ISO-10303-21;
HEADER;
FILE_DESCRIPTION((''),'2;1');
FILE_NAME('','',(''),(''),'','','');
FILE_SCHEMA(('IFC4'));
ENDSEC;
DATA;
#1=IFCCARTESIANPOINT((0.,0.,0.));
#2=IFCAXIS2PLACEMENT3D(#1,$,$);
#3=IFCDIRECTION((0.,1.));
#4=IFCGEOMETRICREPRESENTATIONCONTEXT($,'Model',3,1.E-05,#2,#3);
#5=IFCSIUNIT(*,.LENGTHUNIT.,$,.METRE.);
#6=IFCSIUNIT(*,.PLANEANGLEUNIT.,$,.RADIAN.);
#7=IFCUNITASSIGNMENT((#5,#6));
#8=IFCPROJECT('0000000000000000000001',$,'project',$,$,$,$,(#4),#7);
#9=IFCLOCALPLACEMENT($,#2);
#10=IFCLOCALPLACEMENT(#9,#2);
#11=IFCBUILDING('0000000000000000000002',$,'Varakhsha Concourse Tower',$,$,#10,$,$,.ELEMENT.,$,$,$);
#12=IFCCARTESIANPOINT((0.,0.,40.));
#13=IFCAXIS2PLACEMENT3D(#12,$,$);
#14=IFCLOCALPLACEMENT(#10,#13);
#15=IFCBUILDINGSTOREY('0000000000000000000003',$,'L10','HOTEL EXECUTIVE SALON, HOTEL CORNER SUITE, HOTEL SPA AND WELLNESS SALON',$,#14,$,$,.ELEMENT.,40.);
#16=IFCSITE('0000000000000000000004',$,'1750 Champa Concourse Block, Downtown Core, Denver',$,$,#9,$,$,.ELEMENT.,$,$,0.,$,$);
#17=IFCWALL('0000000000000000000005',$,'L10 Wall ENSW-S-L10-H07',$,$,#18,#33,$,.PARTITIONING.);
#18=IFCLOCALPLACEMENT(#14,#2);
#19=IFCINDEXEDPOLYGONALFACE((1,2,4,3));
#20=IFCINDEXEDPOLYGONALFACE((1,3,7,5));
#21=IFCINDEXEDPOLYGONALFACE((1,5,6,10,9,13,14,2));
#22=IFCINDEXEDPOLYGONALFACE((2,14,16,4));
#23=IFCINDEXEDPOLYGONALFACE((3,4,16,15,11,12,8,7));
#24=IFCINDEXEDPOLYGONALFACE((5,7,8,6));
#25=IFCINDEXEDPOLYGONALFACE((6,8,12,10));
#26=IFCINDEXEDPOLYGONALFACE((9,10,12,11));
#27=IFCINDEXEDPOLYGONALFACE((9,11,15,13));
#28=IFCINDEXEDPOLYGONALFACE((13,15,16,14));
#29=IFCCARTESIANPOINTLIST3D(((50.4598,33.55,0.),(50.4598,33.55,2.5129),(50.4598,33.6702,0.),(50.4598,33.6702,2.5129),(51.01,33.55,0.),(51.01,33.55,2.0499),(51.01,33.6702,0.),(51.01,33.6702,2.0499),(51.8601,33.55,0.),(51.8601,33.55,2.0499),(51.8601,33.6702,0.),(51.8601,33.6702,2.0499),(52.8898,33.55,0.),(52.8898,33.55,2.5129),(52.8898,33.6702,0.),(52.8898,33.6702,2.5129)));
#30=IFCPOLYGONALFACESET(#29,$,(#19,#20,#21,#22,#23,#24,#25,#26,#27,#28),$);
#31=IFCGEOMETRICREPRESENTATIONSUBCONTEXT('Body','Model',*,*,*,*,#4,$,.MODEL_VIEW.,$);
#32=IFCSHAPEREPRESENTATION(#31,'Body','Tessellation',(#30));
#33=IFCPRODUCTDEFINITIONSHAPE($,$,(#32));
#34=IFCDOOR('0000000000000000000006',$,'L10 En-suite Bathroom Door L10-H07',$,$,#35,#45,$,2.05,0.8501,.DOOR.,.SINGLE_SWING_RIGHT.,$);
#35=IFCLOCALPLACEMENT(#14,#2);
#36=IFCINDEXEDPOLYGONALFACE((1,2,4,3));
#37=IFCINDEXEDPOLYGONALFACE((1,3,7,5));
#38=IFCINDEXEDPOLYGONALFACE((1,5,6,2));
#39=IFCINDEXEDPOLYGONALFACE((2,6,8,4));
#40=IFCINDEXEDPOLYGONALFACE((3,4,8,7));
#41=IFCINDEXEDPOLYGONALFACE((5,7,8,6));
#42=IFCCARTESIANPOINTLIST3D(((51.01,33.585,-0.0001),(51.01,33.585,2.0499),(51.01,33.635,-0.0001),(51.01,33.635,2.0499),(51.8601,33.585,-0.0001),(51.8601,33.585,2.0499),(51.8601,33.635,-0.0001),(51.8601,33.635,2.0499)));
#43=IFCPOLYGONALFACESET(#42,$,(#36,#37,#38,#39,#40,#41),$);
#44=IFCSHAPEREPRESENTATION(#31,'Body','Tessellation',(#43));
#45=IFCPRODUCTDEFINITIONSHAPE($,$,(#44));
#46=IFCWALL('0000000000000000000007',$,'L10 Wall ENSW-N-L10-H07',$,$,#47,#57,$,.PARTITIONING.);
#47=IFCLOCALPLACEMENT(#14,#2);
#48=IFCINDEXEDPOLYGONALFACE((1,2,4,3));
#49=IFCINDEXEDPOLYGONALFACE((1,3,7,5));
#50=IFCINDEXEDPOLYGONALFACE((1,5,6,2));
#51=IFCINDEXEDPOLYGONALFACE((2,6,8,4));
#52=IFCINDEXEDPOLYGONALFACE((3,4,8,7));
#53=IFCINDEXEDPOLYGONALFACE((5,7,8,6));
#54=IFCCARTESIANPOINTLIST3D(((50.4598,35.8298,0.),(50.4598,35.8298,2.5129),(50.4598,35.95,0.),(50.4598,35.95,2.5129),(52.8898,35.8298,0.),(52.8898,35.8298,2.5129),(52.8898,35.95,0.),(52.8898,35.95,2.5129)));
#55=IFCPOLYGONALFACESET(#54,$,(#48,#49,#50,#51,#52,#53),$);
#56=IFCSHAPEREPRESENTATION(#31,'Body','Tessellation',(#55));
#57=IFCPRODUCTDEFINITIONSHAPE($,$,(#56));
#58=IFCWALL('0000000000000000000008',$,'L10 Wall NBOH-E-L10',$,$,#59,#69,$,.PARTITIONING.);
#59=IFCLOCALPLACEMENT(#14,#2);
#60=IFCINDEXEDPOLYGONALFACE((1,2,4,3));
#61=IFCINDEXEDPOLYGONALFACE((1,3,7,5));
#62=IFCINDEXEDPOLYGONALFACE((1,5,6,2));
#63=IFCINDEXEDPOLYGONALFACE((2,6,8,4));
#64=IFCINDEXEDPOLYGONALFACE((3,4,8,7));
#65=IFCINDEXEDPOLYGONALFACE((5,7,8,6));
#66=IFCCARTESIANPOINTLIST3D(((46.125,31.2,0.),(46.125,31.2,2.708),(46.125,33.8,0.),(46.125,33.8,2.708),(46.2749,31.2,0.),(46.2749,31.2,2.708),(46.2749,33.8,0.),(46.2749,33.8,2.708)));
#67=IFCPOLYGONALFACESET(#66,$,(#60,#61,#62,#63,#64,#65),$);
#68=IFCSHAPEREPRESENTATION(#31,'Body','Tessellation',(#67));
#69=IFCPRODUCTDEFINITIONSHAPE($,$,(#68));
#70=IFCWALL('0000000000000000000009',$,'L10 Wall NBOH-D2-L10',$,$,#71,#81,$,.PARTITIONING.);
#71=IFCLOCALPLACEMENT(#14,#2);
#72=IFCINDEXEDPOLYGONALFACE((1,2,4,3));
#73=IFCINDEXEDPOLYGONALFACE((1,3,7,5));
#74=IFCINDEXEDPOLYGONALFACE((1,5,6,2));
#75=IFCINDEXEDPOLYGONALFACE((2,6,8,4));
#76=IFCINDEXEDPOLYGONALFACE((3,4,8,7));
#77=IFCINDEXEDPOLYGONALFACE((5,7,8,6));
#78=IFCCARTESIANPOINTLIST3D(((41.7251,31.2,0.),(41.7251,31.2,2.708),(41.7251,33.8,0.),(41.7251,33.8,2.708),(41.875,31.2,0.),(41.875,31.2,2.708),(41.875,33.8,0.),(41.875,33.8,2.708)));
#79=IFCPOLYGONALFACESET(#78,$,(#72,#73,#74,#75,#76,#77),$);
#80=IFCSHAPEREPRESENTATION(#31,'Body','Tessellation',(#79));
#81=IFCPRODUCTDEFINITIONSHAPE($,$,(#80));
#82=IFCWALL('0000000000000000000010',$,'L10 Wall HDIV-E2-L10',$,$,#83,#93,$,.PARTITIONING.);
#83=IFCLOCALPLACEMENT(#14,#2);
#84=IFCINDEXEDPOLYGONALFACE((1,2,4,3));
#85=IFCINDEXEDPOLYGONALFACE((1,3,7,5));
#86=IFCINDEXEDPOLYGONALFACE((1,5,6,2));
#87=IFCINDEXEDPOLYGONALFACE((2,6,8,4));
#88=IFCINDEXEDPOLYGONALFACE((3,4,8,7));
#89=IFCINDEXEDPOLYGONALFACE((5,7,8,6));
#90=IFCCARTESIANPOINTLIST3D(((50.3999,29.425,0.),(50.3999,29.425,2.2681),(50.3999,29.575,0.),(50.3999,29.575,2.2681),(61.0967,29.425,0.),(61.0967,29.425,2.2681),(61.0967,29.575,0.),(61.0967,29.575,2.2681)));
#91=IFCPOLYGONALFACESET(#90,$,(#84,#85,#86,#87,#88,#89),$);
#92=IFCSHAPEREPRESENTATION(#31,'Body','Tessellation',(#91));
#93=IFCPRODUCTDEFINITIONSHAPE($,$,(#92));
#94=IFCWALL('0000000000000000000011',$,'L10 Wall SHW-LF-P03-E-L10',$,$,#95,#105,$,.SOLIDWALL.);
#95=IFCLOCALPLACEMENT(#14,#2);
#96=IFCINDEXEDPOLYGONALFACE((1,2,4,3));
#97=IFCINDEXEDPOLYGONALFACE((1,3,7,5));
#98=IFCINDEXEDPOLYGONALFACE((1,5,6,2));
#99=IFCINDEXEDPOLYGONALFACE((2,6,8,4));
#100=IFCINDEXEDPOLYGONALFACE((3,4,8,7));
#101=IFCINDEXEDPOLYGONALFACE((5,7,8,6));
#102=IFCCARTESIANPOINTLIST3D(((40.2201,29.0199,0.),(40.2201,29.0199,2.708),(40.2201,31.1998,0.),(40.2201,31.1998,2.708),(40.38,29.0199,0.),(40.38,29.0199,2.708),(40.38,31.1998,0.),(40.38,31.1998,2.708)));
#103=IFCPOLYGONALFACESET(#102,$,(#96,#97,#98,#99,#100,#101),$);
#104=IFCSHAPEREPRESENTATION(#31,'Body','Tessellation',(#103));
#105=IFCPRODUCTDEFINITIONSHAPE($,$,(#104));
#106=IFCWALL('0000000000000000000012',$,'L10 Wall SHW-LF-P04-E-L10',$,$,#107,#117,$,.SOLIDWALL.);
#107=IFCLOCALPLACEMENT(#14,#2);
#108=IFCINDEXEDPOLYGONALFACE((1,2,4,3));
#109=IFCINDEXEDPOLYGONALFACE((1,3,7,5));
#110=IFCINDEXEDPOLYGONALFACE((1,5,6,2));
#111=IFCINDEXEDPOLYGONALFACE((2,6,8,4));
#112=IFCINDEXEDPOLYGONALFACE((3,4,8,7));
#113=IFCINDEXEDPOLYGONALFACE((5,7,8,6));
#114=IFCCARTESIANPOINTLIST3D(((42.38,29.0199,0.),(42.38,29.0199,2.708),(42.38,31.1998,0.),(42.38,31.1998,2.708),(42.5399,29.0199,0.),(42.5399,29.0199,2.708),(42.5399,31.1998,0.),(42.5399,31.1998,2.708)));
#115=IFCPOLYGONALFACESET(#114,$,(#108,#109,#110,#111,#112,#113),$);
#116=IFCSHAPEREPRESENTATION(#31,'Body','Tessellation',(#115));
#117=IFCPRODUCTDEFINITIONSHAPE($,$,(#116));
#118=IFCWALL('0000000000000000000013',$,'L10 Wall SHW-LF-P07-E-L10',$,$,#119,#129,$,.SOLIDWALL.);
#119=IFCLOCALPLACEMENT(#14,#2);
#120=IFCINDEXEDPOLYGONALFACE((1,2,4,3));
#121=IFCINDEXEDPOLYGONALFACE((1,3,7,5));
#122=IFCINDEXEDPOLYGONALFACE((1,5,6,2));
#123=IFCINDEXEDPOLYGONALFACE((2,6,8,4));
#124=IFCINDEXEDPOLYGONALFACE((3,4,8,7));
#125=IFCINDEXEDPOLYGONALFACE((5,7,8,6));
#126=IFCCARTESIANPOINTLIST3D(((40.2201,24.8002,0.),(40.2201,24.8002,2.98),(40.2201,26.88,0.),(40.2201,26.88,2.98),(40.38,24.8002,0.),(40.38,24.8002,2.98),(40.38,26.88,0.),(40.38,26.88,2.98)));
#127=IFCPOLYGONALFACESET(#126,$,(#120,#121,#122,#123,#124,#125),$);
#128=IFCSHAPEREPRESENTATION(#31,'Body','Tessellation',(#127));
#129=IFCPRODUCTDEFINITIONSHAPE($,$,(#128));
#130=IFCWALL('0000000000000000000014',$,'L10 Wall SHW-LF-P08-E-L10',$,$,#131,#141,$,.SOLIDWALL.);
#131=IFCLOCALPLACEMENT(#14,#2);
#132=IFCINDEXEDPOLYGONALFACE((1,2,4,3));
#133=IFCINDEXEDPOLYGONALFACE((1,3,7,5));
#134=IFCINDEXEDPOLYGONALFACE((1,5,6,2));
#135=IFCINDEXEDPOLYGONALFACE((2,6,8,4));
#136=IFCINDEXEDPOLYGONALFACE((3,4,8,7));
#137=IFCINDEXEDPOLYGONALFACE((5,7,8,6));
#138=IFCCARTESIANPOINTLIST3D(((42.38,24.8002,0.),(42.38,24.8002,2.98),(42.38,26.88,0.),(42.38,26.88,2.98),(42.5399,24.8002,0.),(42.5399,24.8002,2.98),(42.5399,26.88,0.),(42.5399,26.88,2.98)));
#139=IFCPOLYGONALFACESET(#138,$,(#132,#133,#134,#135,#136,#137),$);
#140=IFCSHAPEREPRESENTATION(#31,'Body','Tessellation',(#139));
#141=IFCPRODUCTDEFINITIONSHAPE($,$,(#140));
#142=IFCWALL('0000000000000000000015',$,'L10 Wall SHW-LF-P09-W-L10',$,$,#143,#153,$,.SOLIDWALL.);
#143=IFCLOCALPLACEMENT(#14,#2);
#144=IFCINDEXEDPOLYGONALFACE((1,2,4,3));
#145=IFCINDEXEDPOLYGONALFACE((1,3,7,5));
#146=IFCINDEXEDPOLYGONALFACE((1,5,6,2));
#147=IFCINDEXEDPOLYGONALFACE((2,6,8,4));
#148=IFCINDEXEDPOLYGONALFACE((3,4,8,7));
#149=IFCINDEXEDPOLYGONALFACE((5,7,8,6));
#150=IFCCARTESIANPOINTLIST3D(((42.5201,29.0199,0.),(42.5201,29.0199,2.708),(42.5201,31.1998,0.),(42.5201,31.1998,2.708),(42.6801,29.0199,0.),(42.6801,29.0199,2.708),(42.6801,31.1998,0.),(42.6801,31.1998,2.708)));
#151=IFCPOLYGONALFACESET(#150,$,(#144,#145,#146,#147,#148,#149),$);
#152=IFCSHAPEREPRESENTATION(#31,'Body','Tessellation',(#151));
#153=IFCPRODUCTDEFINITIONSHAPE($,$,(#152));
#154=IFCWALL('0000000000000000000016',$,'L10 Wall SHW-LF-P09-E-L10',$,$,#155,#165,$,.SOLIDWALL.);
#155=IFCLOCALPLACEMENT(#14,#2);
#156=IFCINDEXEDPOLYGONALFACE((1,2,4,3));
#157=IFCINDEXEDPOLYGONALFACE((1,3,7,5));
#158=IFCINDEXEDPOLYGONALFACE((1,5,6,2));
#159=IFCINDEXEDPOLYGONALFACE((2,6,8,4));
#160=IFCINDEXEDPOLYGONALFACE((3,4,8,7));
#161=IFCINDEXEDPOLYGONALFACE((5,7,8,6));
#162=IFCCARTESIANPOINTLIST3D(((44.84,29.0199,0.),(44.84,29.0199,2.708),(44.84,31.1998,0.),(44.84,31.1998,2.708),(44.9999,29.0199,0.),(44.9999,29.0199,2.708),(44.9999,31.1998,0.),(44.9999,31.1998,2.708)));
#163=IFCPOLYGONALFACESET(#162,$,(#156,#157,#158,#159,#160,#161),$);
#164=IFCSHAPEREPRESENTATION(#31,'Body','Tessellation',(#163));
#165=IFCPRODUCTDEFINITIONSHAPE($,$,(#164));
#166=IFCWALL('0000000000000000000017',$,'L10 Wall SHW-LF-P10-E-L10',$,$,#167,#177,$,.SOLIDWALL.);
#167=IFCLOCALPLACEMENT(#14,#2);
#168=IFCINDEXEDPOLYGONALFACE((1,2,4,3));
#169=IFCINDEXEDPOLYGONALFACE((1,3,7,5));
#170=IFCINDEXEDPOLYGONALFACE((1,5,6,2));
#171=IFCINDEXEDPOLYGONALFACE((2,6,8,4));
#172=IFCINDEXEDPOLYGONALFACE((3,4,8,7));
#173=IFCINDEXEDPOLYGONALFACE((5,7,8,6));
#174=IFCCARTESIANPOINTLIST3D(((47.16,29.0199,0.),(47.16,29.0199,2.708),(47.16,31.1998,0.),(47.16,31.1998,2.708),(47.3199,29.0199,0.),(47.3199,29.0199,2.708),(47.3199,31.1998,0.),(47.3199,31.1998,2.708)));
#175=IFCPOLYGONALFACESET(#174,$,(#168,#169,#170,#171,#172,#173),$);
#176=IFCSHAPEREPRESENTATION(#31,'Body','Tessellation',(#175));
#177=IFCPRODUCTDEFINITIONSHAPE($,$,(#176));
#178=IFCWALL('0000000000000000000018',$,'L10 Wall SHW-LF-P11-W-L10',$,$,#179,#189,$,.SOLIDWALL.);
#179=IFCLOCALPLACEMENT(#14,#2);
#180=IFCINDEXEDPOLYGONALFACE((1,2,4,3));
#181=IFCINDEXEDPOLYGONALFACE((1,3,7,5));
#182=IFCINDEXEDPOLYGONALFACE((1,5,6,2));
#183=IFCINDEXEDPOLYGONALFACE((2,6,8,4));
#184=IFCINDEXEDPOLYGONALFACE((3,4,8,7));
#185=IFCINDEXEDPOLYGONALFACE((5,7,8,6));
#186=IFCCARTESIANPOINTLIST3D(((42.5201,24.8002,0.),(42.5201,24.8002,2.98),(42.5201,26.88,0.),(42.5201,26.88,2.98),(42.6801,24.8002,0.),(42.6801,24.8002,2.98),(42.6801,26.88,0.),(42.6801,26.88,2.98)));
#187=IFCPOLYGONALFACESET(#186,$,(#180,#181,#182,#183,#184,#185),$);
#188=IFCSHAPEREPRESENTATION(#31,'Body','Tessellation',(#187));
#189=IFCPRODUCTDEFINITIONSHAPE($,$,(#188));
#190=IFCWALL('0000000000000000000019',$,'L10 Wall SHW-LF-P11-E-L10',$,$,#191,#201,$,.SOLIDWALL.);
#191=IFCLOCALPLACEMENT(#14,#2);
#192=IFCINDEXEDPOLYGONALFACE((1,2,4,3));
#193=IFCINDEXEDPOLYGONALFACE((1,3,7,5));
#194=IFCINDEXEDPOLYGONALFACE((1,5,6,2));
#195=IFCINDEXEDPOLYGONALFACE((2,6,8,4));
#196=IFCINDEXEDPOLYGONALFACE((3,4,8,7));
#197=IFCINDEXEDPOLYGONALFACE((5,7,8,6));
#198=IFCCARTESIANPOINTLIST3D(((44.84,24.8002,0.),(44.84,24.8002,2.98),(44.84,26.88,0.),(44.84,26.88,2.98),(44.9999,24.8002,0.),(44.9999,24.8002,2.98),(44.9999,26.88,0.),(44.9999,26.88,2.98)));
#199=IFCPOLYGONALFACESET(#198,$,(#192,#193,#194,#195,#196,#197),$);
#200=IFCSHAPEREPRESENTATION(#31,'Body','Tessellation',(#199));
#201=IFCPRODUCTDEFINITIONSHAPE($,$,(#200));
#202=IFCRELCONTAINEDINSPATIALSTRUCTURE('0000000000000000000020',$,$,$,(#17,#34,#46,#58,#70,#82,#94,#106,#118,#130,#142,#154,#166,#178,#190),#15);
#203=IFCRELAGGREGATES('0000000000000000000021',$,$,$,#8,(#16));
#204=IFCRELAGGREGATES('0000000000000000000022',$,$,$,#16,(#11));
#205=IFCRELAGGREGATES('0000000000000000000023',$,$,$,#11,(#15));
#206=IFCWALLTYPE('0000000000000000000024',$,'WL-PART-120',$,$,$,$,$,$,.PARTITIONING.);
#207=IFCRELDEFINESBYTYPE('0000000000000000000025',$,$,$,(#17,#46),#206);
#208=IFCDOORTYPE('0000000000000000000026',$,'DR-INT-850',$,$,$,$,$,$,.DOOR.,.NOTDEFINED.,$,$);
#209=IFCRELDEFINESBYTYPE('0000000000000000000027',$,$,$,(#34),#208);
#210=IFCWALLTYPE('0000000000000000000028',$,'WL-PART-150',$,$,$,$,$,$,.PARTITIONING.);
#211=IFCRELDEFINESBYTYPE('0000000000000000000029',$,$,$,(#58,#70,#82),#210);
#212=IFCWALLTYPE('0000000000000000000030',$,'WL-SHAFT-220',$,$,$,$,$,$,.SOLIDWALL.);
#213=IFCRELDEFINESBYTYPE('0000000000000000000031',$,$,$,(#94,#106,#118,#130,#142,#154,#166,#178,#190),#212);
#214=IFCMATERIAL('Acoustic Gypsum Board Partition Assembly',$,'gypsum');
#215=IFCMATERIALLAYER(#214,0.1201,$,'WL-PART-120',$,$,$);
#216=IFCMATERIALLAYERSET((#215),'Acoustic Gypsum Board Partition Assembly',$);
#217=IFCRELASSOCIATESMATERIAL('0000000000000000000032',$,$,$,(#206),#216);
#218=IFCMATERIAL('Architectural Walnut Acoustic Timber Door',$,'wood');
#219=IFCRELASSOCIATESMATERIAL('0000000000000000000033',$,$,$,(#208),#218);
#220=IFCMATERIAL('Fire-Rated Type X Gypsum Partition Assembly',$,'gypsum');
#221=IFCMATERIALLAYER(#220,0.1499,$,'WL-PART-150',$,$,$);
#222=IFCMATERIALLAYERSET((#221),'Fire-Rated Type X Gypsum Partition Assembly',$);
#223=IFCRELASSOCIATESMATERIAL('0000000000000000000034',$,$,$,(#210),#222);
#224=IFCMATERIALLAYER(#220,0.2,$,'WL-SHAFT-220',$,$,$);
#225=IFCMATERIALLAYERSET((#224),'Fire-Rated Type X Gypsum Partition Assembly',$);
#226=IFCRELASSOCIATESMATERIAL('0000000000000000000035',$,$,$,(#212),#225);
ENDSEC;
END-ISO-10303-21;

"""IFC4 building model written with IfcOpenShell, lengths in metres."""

from ifc_helpers import new_model, si_unit, direction, frame, frame_2d, origin, place, context, subcontext, project, spatial, rectangle, extrude, material, layer, layer_set, type_object, element, fill, save


model = new_model("IFC4")

# Units and contexts
model_context = context("Model", 3, precision=1e-05, world=origin(), true_north=direction((0.0, 1.0)))
body_context = subcontext(model_context, "Body", "Model", "MODEL_VIEW")
ifc_project = project(units=[si_unit("LENGTHUNIT", "METRE"), si_unit("PLANEANGLEUNIT", "RADIAN")], contexts=[model_context])

# Site, building, storey
site_placement = place(None, origin())
site = spatial("IfcSite", under=ifc_project, at=site_placement, Name="1750 Champa Concourse Block, Downtown Core, Denver", CompositionType="ELEMENT", RefElevation=0.0)
building_placement = place(site_placement, origin())
building = spatial("IfcBuilding", under=site, at=building_placement, Name="Varakhsha Concourse Tower", CompositionType="ELEMENT")
storey_placement = place(building_placement, frame((0.0, 0.0, 40.0)))
storey = spatial("IfcBuildingStorey", under=building, at=storey_placement, Name="L10", Description="HOTEL EXECUTIVE SALON, HOTEL CORNER SUITE, HOTEL SPA AND WELLNESS SALON", CompositionType="ELEMENT", Elevation=40.0)

# Shared definitions
ifc_material_1 = material(Name="Acoustic Gypsum Board Partition Assembly", Category="gypsum")
ifc_layer_1 = layer(ifc_material_1, 0.1201, Name="WL-PART-120")
ifc_layer_set_1 = layer_set([ifc_layer_1], Name="Acoustic Gypsum Board Partition Assembly")
wall_type_1 = type_object("IfcWallType", Name="WL-PART-120", PredefinedType="PARTITIONING", material=ifc_layer_set_1)

# Shared definitions
ifc_material_2 = material(Name="Architectural Walnut Acoustic Timber Door", Category="wood")
door_type = type_object("IfcDoorType", Name="DR-INT-850", OperationType="NOTDEFINED", PredefinedType="DOOR", material=ifc_material_2)

# Wall, opening, door
wall_1_placement = place(storey_placement, frame((50.46, 33.6101, 0.0), z_axis=(0.0, 0.0, 1.0), x_axis=(1.0, 0.0, 0.0)))
wall_1 = element("IfcWall", 1, at=wall_1_placement, inside=storey, type_object=wall_type_1, Name="L10 Wall ENSW-S-L10-H07", PredefinedType="PARTITIONING", context=body_context, shape_type="SweptSolid", body=[
    extrude(rectangle(XDim=2.4299, YDim=0.1201, at=frame_2d((1.2148, 0.0))), origin(), (0.0, 0.0, 1.0), 2.5129),
])
opening_1_placement = place(wall_1_placement, frame((0.55, 0.0, 0.0)))
opening_1 = element("IfcOpeningElement", 2, at=opening_1_placement, cuts=wall_1, PredefinedType="OPENING", context=body_context, shape_type="SweptSolid", body=[
    extrude(rectangle(XDim=0.8501, YDim=2.05, at=frame_2d((0.425, 1.0249))), frame((0.0, 0.0701, 0.0), z_axis=(0.0, -1.0, 0.0), x_axis=(1.0, 0.0, 0.0)), (0.0, 0.0, 1.0), 0.1401),
])
door_1_placement = place(opening_1_placement, origin())
door_1 = element("IfcDoor", 3, at=door_1_placement, inside=storey, type_object=door_type, Name="L10 En-suite Bathroom Door L10-H07", OperationType="SINGLE_SWING_RIGHT", OverallHeight=2.05, OverallWidth=0.8501, PredefinedType="DOOR", context=body_context, shape_type="SweptSolid", body=[
    extrude(rectangle(XDim=0.8501, YDim=2.05, at=frame_2d((0.425, 1.0249))), frame((0.0, 0.0249, 0.0), z_axis=(0.0, -1.0, 0.0), x_axis=(1.0, 0.0, 0.0)), (0.0, 0.0, 1.0), 0.05),
])
fill(opening_1, door_1)

# Walls
wall_2_placement = place(storey_placement, frame((50.46, 35.8899, 0.0), z_axis=(0.0, 0.0, 1.0), x_axis=(1.0, 0.0, 0.0)))
element("IfcWall", 4, at=wall_2_placement, inside=storey, type_object=wall_type_1, Name="L10 Wall ENSW-N-L10-H07", PredefinedType="PARTITIONING", context=body_context, shape_type="SweptSolid", body=[
    extrude(rectangle(XDim=2.4299, YDim=0.1201, at=frame_2d((1.2148, 0.0))), origin(), (0.0, 0.0, 1.0), 2.5129),
])
ifc_material_3 = material(Name="Fire-Rated Type X Gypsum Partition Assembly", Category="gypsum")
ifc_layer_2 = layer(ifc_material_3, 0.1499, Name="WL-PART-150")
ifc_layer_set_2 = layer_set([ifc_layer_2], Name="Fire-Rated Type X Gypsum Partition Assembly")
wall_type_2 = type_object("IfcWallType", Name="WL-PART-150", PredefinedType="PARTITIONING", material=ifc_layer_set_2)
for number, where, z_axis, x_axis, name in (
    (5, (46.2, 31.2, 0.0), (0.0, 0.0, 1.0), (0.0, 1.0, 0.0), "L10 Wall NBOH-E-L10"),
    (6, (41.8, 31.2, 0.0), (0.0, 0.0, 1.0), (0.0, 1.0, 0.0), "L10 Wall NBOH-D2-L10"),
):
    element("IfcWall", number, at=place(storey_placement, frame(where, z_axis=z_axis, x_axis=x_axis)), inside=storey, type_object=wall_type_2, Name=name, PredefinedType="PARTITIONING", context=body_context, shape_type="SweptSolid", body=[
        extrude(rectangle(XDim=2.6001, YDim=0.1499, at=frame_2d((1.3, 0.0))), origin(), (0.0, 0.0, 1.0), 2.708),
    ])
wall_3_placement = place(storey_placement, frame((50.3999, 29.5, 0.0), z_axis=(0.0, 0.0, 1.0), x_axis=(1.0, 0.0, 0.0)))
element("IfcWall", 7, at=wall_3_placement, inside=storey, type_object=wall_type_2, Name="L10 Wall HDIV-E2-L10", PredefinedType="PARTITIONING", context=body_context, shape_type="SweptSolid", body=[
    extrude(rectangle(XDim=10.6968, YDim=0.1499, at=frame_2d((5.3484, 0.0))), origin(), (0.0, 0.0, 1.0), 2.2681),
])
ifc_layer_3 = layer(ifc_material_3, 0.2, Name="WL-SHAFT-220")
ifc_layer_set_3 = layer_set([ifc_layer_3], Name="Fire-Rated Type X Gypsum Partition Assembly")
wall_type_3 = type_object("IfcWallType", Name="WL-SHAFT-220", PredefinedType="SOLIDWALL", material=ifc_layer_set_3)
for number, where, z_axis, x_axis, name in (
    (8, (40.3, 29.02, 0.0), (0.0, 0.0, 1.0), (0.0, 1.0, 0.0), "L10 Wall SHW-LF-P03-E-L10"),
    (9, (42.46, 29.02, 0.0), (0.0, 0.0, 1.0), (0.0, 1.0, 0.0), "L10 Wall SHW-LF-P04-E-L10"),
):
    element("IfcWall", number, at=place(storey_placement, frame(where, z_axis=z_axis, x_axis=x_axis)), inside=storey, type_object=wall_type_3, Name=name, PredefinedType="SOLIDWALL", context=body_context, shape_type="SweptSolid", body=[
        extrude(rectangle(XDim=2.1799, YDim=0.1599, at=frame_2d((1.0898, 0.0))), origin(), (0.0, 0.0, 1.0), 2.708),
    ])
for number, where, z_axis, x_axis, name in (
    (10, (40.3, 24.8, 0.0), (0.0, 0.0, 1.0), (0.0, 1.0, 0.0), "L10 Wall SHW-LF-P07-E-L10"),
    (11, (42.46, 24.8, 0.0), (0.0, 0.0, 1.0), (0.0, 1.0, 0.0), "L10 Wall SHW-LF-P08-E-L10"),
):
    element("IfcWall", number, at=place(storey_placement, frame(where, z_axis=z_axis, x_axis=x_axis)), inside=storey, type_object=wall_type_3, Name=name, PredefinedType="SOLIDWALL", context=body_context, shape_type="SweptSolid", body=[
        extrude(rectangle(XDim=2.0798, YDim=0.1599, at=frame_2d((1.04, 0.0))), origin(), (0.0, 0.0, 1.0), 2.98),
    ])
for number, where, z_axis, x_axis, name in (
    (12, (42.6001, 29.02, 0.0), (0.0, 0.0, 1.0), (0.0, 1.0, 0.0), "L10 Wall SHW-LF-P09-W-L10"),
    (13, (44.9199, 29.02, 0.0), (0.0, 0.0, 1.0), (0.0, 1.0, 0.0), "L10 Wall SHW-LF-P09-E-L10"),
    (14, (47.24, 29.02, 0.0), (0.0, 0.0, 1.0), (0.0, 1.0, 0.0), "L10 Wall SHW-LF-P10-E-L10"),
):
    element("IfcWall", number, at=place(storey_placement, frame(where, z_axis=z_axis, x_axis=x_axis)), inside=storey, type_object=wall_type_3, Name=name, PredefinedType="SOLIDWALL", context=body_context, shape_type="SweptSolid", body=[
        extrude(rectangle(XDim=2.1799, YDim=0.1599, at=frame_2d((1.0898, 0.0))), origin(), (0.0, 0.0, 1.0), 2.708),
    ])
for number, where, z_axis, x_axis, name in (
    (15, (42.6001, 24.8, 0.0), (0.0, 0.0, 1.0), (0.0, 1.0, 0.0), "L10 Wall SHW-LF-P11-W-L10"),
    (16, (44.9199, 24.8, 0.0), (0.0, 0.0, 1.0), (0.0, 1.0, 0.0), "L10 Wall SHW-LF-P11-E-L10"),
):
    element("IfcWall", number, at=place(storey_placement, frame(where, z_axis=z_axis, x_axis=x_axis)), inside=storey, type_object=wall_type_3, Name=name, PredefinedType="SOLIDWALL", context=body_context, shape_type="SweptSolid", body=[
        extrude(rectangle(XDim=2.0798, YDim=0.1599, at=frame_2d((1.04, 0.0))), origin(), (0.0, 0.0, 1.0), 2.98),
    ])

save(model, "model.ifc")
